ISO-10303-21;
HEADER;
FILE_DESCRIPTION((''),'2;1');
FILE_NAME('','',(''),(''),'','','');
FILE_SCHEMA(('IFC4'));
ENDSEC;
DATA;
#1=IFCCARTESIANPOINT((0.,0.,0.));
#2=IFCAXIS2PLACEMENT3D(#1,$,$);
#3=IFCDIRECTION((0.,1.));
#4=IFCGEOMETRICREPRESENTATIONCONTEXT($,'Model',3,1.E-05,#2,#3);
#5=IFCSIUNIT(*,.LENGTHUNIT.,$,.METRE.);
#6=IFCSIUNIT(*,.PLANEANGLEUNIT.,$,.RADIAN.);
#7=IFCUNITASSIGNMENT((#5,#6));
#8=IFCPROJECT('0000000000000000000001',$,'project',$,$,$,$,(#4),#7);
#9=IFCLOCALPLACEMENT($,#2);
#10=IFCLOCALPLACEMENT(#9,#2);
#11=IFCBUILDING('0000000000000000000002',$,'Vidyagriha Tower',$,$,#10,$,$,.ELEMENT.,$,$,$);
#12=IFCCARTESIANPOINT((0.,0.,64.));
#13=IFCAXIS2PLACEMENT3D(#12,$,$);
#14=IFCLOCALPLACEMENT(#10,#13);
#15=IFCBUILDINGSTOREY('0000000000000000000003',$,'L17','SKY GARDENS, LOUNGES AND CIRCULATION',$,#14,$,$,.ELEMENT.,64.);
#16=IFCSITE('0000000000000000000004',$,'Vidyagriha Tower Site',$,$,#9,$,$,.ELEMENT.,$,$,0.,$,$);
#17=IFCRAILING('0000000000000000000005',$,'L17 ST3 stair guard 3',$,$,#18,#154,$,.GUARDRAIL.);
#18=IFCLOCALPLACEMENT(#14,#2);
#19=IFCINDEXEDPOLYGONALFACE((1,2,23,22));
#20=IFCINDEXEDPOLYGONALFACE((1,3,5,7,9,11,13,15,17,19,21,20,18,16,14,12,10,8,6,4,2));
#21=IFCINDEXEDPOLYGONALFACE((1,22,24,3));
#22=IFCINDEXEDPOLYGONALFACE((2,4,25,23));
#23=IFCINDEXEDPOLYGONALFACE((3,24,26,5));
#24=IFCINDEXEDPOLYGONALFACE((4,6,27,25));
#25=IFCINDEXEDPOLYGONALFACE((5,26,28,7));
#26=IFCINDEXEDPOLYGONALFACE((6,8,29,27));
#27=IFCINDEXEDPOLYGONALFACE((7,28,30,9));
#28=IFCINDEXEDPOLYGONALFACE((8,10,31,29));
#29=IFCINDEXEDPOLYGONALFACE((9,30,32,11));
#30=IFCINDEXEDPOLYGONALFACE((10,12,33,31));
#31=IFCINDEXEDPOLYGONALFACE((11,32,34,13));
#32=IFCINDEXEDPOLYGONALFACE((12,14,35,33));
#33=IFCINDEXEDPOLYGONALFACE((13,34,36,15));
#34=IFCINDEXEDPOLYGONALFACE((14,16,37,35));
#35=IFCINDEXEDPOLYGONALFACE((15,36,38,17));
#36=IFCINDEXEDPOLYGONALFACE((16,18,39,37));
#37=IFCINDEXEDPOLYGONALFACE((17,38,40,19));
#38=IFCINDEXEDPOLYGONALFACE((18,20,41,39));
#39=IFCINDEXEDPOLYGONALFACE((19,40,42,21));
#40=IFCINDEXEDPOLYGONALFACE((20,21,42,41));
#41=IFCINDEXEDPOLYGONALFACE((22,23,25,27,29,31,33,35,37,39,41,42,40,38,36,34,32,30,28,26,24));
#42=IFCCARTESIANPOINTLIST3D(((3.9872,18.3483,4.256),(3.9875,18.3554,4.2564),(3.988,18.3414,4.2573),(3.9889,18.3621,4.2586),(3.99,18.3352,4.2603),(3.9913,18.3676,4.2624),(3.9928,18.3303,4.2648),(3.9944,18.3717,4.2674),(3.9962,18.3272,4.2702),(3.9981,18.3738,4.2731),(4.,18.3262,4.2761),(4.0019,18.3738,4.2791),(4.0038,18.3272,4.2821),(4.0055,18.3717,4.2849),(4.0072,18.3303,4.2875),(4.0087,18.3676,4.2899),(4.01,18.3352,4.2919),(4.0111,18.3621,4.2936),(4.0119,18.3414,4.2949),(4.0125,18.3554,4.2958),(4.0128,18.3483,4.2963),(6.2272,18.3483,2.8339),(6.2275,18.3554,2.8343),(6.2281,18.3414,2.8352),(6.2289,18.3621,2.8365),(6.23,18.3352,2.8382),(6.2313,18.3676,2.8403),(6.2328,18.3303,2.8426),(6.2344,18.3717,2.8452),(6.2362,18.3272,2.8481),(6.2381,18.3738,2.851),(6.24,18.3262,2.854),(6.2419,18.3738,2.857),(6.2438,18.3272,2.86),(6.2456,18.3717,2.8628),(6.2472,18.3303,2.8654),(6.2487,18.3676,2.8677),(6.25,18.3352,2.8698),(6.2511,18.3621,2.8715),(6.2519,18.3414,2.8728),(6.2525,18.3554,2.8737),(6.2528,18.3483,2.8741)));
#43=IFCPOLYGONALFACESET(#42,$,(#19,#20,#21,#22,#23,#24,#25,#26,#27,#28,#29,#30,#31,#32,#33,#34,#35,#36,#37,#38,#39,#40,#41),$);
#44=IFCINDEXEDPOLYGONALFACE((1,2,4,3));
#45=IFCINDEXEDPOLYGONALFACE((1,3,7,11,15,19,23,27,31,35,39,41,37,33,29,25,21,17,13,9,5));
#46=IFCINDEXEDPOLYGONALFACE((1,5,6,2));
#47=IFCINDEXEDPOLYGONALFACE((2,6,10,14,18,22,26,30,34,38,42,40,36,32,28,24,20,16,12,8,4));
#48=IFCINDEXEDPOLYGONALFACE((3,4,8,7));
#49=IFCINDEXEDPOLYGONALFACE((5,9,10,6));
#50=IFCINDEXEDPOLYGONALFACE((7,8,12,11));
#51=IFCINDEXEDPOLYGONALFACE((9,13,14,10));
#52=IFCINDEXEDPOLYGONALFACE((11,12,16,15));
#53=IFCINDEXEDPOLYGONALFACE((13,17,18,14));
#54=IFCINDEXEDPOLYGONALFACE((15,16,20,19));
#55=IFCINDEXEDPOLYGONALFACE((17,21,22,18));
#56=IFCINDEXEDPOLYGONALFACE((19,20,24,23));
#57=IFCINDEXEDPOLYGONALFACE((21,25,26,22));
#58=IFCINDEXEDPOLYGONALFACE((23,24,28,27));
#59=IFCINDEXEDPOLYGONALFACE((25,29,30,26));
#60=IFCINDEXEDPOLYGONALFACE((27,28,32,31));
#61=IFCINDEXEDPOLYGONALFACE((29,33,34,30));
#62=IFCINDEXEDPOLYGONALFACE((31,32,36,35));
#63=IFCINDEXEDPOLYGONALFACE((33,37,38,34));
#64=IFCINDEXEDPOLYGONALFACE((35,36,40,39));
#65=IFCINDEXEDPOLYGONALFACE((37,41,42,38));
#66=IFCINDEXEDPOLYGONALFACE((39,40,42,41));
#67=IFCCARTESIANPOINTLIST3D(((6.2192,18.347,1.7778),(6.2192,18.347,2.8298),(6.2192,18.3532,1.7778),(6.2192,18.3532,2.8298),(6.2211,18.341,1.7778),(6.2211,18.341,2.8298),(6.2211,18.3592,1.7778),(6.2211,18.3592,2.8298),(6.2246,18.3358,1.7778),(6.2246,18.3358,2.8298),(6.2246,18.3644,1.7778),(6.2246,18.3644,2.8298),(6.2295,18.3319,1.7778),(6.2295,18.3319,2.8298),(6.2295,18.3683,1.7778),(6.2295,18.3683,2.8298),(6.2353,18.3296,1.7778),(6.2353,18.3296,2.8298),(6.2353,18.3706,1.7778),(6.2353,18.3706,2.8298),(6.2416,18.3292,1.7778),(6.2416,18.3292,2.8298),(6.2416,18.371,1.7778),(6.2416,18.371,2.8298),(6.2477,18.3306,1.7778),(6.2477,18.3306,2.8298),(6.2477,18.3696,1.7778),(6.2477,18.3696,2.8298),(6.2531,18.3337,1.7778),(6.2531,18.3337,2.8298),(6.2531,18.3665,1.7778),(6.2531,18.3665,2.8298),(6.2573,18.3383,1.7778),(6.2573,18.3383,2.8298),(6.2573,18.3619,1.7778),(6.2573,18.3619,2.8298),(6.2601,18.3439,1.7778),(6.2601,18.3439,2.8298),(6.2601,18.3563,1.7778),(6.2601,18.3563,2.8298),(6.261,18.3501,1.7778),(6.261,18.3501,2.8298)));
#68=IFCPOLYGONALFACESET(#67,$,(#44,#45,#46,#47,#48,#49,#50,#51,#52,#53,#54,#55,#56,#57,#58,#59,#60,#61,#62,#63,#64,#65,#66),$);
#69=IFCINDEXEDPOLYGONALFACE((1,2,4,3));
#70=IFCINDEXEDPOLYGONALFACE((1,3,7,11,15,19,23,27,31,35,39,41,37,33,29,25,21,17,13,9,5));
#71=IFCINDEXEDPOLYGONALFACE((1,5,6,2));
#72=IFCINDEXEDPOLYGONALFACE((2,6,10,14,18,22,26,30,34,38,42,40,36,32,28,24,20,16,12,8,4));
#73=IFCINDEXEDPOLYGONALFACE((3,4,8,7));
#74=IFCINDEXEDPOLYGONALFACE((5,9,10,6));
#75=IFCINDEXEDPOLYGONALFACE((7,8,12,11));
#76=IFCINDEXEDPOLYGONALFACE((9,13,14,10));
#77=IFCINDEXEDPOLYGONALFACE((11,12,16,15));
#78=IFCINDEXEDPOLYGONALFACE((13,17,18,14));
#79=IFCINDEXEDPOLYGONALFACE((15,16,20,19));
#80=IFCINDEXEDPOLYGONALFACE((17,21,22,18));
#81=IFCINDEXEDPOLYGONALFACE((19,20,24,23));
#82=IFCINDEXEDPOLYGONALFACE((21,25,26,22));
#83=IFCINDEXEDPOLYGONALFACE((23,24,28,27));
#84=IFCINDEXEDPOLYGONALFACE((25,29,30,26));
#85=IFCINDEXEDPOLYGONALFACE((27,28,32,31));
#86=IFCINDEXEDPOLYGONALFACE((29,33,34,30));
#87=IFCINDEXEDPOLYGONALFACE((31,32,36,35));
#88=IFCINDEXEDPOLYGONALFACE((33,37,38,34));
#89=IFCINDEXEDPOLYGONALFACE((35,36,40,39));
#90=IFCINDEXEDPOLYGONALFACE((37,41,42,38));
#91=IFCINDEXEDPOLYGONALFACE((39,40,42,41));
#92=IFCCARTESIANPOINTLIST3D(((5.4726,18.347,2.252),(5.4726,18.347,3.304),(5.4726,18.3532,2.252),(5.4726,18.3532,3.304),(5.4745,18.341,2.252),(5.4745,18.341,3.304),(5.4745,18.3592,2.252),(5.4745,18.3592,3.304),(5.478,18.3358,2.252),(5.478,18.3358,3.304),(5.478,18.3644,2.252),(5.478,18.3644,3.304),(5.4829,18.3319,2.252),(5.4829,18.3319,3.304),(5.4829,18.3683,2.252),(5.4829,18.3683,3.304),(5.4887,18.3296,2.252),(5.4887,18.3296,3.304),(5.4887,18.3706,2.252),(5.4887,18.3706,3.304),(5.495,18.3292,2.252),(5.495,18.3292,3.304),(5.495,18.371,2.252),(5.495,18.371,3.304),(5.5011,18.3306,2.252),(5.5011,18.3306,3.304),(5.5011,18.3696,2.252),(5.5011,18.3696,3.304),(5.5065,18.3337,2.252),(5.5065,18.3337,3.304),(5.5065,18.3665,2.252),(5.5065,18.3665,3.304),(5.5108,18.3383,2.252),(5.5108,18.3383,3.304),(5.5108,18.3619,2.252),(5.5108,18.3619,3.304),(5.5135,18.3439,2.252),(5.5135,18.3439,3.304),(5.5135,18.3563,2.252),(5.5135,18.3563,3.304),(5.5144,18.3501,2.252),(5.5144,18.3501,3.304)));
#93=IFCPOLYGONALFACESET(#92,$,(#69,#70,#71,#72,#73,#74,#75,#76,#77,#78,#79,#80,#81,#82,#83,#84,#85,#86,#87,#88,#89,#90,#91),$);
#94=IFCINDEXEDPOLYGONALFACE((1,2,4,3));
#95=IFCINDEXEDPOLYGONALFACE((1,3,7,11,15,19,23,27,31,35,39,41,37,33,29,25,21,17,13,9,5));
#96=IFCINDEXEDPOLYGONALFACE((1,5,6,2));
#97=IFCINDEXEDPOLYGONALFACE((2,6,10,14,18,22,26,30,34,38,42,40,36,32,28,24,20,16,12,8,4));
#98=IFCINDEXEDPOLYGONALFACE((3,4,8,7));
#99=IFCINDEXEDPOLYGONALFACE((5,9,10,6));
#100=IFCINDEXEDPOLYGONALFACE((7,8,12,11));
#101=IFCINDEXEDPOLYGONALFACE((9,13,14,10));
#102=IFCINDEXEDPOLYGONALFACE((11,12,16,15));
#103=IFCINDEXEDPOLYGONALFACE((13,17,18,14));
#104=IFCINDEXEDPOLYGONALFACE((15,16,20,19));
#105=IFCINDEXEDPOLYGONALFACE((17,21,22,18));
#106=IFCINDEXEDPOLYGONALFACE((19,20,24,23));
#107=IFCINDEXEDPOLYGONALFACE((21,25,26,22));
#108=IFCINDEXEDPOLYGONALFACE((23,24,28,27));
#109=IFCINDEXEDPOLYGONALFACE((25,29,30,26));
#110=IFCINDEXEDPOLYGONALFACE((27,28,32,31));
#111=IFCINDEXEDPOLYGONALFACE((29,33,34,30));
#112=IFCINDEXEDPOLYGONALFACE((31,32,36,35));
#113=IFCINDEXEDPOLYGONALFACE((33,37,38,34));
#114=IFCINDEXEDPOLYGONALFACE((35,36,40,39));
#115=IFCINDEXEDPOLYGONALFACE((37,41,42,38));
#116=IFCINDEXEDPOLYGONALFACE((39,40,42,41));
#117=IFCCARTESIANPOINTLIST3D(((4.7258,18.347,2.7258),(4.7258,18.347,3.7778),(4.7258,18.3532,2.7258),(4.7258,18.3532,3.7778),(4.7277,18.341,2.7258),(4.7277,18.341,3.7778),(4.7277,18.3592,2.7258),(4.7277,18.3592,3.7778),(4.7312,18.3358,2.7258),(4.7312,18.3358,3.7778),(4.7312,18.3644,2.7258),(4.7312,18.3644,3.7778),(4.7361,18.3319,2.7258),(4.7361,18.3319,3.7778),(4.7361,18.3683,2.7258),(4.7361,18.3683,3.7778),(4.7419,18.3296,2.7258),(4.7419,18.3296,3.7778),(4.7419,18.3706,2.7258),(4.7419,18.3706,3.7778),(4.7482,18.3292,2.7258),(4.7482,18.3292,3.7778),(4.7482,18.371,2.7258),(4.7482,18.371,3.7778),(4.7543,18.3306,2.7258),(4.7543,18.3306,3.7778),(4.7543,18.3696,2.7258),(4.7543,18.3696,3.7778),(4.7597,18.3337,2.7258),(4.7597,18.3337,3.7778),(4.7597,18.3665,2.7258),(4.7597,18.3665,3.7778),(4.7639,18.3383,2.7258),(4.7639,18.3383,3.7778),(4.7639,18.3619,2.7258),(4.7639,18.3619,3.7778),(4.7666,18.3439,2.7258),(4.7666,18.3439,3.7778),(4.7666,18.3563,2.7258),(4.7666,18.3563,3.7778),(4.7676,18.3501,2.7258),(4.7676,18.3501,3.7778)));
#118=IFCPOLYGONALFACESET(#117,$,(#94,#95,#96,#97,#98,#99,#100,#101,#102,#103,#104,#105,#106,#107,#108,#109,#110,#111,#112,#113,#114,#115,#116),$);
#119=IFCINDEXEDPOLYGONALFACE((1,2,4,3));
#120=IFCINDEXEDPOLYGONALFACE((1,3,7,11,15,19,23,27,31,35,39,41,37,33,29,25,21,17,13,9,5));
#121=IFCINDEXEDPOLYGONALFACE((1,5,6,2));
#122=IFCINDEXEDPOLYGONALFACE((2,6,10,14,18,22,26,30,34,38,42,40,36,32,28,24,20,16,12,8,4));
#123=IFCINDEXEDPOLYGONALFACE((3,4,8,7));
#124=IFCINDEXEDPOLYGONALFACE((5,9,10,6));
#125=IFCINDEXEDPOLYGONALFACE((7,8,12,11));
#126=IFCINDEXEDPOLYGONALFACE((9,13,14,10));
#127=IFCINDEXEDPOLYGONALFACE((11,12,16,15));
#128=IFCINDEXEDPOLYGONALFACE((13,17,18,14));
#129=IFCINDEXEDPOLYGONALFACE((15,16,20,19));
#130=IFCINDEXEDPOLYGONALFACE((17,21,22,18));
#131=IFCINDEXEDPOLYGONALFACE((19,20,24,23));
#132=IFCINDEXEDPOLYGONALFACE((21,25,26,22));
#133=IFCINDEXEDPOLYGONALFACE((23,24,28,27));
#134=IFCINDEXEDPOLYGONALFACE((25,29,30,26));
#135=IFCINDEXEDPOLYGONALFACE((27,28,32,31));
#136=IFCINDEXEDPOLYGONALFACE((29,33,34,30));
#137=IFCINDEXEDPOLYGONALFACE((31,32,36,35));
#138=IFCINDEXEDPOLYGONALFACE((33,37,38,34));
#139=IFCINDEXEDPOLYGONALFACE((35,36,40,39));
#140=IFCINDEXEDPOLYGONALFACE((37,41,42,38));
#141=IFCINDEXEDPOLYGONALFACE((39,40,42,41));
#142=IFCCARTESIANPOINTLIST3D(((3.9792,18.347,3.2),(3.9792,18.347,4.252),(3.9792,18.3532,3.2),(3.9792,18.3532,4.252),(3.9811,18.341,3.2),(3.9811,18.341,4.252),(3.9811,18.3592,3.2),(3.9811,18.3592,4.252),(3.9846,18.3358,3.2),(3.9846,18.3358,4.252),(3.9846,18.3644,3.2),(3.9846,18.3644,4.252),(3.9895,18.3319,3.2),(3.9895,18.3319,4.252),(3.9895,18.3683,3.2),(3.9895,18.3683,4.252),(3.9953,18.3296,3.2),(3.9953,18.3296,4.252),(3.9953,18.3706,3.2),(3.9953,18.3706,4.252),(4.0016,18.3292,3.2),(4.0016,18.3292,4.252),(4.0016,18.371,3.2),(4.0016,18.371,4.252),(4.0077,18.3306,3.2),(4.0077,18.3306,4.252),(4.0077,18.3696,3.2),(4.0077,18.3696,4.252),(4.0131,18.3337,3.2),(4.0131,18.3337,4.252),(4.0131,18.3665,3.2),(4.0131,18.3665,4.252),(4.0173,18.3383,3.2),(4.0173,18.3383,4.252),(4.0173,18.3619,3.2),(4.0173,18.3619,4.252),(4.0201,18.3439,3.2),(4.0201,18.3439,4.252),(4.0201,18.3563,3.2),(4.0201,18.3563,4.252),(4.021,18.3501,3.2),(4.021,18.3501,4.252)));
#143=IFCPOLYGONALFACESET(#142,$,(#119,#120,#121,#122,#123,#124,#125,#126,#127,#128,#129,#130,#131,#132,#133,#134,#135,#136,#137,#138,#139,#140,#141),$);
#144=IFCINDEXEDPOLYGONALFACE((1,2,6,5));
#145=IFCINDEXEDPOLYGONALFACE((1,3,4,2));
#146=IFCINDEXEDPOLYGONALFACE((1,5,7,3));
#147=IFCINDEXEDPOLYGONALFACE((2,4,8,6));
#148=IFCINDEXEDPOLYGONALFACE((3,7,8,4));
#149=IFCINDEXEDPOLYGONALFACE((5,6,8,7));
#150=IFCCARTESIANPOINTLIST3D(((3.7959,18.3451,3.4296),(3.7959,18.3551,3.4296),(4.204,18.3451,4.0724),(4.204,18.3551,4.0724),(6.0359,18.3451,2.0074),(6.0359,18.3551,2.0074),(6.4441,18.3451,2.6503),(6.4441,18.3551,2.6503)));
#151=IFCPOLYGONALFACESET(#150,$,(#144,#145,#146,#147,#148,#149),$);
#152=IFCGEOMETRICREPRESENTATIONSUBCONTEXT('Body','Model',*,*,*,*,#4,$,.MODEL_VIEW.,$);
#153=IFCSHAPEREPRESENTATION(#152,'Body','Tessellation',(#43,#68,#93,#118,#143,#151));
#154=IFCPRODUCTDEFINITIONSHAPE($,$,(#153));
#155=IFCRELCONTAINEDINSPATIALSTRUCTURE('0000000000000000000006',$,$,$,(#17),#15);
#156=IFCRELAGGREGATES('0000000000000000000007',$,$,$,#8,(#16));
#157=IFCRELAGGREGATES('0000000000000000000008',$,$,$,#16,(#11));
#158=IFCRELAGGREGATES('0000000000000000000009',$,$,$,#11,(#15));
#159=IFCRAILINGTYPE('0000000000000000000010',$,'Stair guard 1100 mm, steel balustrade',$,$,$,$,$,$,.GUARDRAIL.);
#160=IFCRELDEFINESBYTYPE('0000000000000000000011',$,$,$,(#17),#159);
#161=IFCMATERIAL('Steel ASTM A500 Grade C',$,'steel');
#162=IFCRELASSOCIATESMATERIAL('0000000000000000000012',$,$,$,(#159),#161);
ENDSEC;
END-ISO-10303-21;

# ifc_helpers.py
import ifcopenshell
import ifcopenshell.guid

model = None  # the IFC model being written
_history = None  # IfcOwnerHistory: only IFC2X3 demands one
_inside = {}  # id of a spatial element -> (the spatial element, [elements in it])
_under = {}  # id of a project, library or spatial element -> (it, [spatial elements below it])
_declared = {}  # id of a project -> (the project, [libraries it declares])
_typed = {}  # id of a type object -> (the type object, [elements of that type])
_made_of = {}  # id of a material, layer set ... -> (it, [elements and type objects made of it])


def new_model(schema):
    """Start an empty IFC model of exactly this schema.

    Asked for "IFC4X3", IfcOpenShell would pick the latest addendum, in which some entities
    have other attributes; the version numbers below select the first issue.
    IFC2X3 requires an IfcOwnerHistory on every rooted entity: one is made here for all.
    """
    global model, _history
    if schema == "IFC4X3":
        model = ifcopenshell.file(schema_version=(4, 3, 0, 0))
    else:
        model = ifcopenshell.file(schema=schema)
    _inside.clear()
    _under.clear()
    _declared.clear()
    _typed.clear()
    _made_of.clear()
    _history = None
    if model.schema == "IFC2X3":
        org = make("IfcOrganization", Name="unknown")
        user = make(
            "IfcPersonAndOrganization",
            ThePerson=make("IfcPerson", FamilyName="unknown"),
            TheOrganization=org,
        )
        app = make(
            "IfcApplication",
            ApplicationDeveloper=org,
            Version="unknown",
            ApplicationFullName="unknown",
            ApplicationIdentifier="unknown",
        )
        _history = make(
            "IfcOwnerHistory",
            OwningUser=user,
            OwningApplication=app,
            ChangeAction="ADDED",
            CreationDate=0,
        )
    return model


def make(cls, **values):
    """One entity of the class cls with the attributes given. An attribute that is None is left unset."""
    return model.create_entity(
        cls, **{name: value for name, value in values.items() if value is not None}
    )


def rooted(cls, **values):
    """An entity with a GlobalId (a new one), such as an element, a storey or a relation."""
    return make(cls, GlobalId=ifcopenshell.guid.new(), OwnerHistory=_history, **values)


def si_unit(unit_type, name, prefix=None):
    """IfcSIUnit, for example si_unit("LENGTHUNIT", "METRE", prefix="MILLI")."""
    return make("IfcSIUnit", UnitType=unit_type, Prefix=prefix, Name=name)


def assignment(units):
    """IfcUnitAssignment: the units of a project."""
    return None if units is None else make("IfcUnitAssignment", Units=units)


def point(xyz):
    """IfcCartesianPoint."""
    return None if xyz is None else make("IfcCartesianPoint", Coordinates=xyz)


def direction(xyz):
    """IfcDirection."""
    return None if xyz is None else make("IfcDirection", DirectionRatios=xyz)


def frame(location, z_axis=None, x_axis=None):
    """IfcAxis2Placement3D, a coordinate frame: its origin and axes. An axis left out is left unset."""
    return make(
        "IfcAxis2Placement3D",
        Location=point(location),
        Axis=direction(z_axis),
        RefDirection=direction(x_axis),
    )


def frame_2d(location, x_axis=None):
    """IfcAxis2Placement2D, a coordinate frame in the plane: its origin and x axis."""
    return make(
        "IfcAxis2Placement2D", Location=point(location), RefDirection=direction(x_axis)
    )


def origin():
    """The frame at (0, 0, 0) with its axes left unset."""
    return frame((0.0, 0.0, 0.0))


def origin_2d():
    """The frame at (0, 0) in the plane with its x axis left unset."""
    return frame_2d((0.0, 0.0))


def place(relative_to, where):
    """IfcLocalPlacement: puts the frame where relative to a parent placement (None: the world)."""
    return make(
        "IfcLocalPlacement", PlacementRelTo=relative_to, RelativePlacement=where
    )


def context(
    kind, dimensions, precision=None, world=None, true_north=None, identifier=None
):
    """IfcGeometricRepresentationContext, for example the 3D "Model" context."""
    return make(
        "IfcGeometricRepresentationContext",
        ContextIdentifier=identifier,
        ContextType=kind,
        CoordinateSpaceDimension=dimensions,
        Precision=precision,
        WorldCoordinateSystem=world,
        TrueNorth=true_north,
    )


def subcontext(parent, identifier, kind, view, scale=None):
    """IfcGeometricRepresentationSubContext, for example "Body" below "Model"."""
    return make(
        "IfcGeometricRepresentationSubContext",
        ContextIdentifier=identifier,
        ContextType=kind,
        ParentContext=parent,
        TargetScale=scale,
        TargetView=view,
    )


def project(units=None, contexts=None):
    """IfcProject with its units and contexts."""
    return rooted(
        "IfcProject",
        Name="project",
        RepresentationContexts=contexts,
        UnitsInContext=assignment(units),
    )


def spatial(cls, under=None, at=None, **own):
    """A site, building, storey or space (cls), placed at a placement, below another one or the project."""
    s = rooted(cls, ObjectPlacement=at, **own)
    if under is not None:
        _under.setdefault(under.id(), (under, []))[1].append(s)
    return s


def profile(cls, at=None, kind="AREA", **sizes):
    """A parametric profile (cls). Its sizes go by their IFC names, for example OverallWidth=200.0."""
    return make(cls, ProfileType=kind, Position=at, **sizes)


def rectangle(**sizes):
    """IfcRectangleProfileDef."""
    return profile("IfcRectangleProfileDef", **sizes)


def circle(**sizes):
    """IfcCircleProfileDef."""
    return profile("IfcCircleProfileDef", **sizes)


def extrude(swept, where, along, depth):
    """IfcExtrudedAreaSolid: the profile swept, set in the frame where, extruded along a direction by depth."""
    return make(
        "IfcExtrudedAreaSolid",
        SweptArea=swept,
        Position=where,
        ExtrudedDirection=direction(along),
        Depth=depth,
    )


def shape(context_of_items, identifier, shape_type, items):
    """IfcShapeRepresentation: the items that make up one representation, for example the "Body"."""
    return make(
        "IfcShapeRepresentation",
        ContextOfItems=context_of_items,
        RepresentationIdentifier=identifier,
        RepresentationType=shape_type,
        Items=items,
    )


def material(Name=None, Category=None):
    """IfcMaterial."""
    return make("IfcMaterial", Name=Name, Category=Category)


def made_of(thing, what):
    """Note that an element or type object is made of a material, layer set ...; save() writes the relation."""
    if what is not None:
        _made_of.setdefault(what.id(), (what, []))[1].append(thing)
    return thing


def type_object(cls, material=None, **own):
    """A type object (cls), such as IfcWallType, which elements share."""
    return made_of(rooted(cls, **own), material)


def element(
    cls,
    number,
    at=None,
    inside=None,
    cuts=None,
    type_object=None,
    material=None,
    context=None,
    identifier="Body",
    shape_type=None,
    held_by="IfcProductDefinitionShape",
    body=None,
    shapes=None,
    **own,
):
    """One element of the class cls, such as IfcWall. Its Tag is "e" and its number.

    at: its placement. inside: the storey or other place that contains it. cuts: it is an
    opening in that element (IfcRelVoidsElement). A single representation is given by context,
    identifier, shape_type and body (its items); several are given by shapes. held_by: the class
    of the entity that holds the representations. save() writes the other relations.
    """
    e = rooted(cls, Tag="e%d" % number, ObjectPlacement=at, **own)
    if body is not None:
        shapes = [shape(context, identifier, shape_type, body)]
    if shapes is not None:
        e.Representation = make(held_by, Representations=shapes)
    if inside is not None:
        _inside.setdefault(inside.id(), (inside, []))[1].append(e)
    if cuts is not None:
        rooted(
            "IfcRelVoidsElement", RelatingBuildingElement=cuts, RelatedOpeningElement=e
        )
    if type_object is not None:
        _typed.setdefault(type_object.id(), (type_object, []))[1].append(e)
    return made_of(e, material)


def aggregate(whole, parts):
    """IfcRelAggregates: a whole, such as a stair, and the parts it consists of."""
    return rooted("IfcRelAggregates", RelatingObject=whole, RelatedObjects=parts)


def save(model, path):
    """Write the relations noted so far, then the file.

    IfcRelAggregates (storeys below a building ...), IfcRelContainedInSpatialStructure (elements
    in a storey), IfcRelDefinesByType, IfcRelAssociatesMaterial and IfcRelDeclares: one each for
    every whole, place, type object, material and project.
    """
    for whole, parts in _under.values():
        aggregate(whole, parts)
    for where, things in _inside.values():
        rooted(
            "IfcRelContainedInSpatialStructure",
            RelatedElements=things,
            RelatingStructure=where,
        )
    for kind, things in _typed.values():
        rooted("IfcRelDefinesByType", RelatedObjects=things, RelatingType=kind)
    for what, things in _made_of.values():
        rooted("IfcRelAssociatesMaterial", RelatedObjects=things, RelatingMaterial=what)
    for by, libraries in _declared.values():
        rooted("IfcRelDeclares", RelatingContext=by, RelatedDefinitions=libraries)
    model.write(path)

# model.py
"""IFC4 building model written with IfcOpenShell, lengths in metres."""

from ifc_helpers import new_model, si_unit, direction, frame, origin, origin_2d, place, context, subcontext, project, spatial, rectangle, circle, extrude, material, type_object, element, save


model = new_model("IFC4")

# Units and contexts
model_context = context("Model", 3, precision=1e-05, world=origin(), true_north=direction((0.0, 1.0)))
body_context = subcontext(model_context, "Body", "Model", "MODEL_VIEW")
ifc_project = project(units=[si_unit("LENGTHUNIT", "METRE"), si_unit("PLANEANGLEUNIT", "RADIAN")], contexts=[model_context])

# Site, building, storey
site_placement = place(None, origin())
site = spatial("IfcSite", under=ifc_project, at=site_placement, Name="Vidyagriha Tower Site", CompositionType="ELEMENT", RefElevation=0.0)
building_placement = place(site_placement, origin())
building = spatial("IfcBuilding", under=site, at=building_placement, Name="Vidyagriha Tower", CompositionType="ELEMENT")
storey_placement = place(building_placement, frame((0.0, 0.0, 64.0)))
storey = spatial("IfcBuildingStorey", under=building, at=storey_placement, Name="L17", Description="SKY GARDENS, LOUNGES AND CIRCULATION", CompositionType="ELEMENT", Elevation=64.0)

# Railing
ifc_material_1 = material(Name="Steel ASTM A500 Grade C", Category="steel")
railing_type_1 = type_object("IfcRailingType", Name="Stair guard 1100 mm, steel balustrade", PredefinedType="GUARDRAIL", material=ifc_material_1)
railing_1_placement = place(storey_placement, frame((6.24, 18.3501, 1.7778)))
element("IfcRailing", 1, at=railing_1_placement, inside=storey, type_object=railing_type_1, Name="L17 ST3 stair guard 3", PredefinedType="GUARDRAIL", context=body_context, shape_type="SweptSolid", body=[
    extrude(circle(Radius=0.0239, at=origin_2d()), frame((0.0, 0.0, 1.0762), z_axis=(-0.844229, 0.0, 0.535982), x_axis=(0.0, -1.0, 0.0)), (0.0, 0.0, 1.0), 2.6533),
    extrude(circle(Radius=0.021, at=origin_2d()), origin(), (0.0, 0.0, 1.0), 1.052),
    extrude(circle(Radius=0.021, at=origin_2d()), frame((-0.7466, 0.0, 0.4741)), (0.0, 0.0, 1.0), 1.052),
    extrude(circle(Radius=0.021, at=origin_2d()), frame((-1.4934, 0.0, 0.948)), (0.0, 0.0, 1.0), 1.052),
    extrude(circle(Radius=0.021, at=origin_2d()), frame((-2.24, 0.0, 1.4221)), (0.0, 0.0, 1.0), 1.052),
    extrude(rectangle(XDim=0.01, YDim=0.7615, at=origin_2d()), frame((0.0, 0.0, 0.551), z_axis=(-0.844229, 0.0, 0.535982), x_axis=(0.0, -1.0, 0.0)), (0.0, 0.0, 1.0), 2.6533),
])

save(model, "model.ifc")
